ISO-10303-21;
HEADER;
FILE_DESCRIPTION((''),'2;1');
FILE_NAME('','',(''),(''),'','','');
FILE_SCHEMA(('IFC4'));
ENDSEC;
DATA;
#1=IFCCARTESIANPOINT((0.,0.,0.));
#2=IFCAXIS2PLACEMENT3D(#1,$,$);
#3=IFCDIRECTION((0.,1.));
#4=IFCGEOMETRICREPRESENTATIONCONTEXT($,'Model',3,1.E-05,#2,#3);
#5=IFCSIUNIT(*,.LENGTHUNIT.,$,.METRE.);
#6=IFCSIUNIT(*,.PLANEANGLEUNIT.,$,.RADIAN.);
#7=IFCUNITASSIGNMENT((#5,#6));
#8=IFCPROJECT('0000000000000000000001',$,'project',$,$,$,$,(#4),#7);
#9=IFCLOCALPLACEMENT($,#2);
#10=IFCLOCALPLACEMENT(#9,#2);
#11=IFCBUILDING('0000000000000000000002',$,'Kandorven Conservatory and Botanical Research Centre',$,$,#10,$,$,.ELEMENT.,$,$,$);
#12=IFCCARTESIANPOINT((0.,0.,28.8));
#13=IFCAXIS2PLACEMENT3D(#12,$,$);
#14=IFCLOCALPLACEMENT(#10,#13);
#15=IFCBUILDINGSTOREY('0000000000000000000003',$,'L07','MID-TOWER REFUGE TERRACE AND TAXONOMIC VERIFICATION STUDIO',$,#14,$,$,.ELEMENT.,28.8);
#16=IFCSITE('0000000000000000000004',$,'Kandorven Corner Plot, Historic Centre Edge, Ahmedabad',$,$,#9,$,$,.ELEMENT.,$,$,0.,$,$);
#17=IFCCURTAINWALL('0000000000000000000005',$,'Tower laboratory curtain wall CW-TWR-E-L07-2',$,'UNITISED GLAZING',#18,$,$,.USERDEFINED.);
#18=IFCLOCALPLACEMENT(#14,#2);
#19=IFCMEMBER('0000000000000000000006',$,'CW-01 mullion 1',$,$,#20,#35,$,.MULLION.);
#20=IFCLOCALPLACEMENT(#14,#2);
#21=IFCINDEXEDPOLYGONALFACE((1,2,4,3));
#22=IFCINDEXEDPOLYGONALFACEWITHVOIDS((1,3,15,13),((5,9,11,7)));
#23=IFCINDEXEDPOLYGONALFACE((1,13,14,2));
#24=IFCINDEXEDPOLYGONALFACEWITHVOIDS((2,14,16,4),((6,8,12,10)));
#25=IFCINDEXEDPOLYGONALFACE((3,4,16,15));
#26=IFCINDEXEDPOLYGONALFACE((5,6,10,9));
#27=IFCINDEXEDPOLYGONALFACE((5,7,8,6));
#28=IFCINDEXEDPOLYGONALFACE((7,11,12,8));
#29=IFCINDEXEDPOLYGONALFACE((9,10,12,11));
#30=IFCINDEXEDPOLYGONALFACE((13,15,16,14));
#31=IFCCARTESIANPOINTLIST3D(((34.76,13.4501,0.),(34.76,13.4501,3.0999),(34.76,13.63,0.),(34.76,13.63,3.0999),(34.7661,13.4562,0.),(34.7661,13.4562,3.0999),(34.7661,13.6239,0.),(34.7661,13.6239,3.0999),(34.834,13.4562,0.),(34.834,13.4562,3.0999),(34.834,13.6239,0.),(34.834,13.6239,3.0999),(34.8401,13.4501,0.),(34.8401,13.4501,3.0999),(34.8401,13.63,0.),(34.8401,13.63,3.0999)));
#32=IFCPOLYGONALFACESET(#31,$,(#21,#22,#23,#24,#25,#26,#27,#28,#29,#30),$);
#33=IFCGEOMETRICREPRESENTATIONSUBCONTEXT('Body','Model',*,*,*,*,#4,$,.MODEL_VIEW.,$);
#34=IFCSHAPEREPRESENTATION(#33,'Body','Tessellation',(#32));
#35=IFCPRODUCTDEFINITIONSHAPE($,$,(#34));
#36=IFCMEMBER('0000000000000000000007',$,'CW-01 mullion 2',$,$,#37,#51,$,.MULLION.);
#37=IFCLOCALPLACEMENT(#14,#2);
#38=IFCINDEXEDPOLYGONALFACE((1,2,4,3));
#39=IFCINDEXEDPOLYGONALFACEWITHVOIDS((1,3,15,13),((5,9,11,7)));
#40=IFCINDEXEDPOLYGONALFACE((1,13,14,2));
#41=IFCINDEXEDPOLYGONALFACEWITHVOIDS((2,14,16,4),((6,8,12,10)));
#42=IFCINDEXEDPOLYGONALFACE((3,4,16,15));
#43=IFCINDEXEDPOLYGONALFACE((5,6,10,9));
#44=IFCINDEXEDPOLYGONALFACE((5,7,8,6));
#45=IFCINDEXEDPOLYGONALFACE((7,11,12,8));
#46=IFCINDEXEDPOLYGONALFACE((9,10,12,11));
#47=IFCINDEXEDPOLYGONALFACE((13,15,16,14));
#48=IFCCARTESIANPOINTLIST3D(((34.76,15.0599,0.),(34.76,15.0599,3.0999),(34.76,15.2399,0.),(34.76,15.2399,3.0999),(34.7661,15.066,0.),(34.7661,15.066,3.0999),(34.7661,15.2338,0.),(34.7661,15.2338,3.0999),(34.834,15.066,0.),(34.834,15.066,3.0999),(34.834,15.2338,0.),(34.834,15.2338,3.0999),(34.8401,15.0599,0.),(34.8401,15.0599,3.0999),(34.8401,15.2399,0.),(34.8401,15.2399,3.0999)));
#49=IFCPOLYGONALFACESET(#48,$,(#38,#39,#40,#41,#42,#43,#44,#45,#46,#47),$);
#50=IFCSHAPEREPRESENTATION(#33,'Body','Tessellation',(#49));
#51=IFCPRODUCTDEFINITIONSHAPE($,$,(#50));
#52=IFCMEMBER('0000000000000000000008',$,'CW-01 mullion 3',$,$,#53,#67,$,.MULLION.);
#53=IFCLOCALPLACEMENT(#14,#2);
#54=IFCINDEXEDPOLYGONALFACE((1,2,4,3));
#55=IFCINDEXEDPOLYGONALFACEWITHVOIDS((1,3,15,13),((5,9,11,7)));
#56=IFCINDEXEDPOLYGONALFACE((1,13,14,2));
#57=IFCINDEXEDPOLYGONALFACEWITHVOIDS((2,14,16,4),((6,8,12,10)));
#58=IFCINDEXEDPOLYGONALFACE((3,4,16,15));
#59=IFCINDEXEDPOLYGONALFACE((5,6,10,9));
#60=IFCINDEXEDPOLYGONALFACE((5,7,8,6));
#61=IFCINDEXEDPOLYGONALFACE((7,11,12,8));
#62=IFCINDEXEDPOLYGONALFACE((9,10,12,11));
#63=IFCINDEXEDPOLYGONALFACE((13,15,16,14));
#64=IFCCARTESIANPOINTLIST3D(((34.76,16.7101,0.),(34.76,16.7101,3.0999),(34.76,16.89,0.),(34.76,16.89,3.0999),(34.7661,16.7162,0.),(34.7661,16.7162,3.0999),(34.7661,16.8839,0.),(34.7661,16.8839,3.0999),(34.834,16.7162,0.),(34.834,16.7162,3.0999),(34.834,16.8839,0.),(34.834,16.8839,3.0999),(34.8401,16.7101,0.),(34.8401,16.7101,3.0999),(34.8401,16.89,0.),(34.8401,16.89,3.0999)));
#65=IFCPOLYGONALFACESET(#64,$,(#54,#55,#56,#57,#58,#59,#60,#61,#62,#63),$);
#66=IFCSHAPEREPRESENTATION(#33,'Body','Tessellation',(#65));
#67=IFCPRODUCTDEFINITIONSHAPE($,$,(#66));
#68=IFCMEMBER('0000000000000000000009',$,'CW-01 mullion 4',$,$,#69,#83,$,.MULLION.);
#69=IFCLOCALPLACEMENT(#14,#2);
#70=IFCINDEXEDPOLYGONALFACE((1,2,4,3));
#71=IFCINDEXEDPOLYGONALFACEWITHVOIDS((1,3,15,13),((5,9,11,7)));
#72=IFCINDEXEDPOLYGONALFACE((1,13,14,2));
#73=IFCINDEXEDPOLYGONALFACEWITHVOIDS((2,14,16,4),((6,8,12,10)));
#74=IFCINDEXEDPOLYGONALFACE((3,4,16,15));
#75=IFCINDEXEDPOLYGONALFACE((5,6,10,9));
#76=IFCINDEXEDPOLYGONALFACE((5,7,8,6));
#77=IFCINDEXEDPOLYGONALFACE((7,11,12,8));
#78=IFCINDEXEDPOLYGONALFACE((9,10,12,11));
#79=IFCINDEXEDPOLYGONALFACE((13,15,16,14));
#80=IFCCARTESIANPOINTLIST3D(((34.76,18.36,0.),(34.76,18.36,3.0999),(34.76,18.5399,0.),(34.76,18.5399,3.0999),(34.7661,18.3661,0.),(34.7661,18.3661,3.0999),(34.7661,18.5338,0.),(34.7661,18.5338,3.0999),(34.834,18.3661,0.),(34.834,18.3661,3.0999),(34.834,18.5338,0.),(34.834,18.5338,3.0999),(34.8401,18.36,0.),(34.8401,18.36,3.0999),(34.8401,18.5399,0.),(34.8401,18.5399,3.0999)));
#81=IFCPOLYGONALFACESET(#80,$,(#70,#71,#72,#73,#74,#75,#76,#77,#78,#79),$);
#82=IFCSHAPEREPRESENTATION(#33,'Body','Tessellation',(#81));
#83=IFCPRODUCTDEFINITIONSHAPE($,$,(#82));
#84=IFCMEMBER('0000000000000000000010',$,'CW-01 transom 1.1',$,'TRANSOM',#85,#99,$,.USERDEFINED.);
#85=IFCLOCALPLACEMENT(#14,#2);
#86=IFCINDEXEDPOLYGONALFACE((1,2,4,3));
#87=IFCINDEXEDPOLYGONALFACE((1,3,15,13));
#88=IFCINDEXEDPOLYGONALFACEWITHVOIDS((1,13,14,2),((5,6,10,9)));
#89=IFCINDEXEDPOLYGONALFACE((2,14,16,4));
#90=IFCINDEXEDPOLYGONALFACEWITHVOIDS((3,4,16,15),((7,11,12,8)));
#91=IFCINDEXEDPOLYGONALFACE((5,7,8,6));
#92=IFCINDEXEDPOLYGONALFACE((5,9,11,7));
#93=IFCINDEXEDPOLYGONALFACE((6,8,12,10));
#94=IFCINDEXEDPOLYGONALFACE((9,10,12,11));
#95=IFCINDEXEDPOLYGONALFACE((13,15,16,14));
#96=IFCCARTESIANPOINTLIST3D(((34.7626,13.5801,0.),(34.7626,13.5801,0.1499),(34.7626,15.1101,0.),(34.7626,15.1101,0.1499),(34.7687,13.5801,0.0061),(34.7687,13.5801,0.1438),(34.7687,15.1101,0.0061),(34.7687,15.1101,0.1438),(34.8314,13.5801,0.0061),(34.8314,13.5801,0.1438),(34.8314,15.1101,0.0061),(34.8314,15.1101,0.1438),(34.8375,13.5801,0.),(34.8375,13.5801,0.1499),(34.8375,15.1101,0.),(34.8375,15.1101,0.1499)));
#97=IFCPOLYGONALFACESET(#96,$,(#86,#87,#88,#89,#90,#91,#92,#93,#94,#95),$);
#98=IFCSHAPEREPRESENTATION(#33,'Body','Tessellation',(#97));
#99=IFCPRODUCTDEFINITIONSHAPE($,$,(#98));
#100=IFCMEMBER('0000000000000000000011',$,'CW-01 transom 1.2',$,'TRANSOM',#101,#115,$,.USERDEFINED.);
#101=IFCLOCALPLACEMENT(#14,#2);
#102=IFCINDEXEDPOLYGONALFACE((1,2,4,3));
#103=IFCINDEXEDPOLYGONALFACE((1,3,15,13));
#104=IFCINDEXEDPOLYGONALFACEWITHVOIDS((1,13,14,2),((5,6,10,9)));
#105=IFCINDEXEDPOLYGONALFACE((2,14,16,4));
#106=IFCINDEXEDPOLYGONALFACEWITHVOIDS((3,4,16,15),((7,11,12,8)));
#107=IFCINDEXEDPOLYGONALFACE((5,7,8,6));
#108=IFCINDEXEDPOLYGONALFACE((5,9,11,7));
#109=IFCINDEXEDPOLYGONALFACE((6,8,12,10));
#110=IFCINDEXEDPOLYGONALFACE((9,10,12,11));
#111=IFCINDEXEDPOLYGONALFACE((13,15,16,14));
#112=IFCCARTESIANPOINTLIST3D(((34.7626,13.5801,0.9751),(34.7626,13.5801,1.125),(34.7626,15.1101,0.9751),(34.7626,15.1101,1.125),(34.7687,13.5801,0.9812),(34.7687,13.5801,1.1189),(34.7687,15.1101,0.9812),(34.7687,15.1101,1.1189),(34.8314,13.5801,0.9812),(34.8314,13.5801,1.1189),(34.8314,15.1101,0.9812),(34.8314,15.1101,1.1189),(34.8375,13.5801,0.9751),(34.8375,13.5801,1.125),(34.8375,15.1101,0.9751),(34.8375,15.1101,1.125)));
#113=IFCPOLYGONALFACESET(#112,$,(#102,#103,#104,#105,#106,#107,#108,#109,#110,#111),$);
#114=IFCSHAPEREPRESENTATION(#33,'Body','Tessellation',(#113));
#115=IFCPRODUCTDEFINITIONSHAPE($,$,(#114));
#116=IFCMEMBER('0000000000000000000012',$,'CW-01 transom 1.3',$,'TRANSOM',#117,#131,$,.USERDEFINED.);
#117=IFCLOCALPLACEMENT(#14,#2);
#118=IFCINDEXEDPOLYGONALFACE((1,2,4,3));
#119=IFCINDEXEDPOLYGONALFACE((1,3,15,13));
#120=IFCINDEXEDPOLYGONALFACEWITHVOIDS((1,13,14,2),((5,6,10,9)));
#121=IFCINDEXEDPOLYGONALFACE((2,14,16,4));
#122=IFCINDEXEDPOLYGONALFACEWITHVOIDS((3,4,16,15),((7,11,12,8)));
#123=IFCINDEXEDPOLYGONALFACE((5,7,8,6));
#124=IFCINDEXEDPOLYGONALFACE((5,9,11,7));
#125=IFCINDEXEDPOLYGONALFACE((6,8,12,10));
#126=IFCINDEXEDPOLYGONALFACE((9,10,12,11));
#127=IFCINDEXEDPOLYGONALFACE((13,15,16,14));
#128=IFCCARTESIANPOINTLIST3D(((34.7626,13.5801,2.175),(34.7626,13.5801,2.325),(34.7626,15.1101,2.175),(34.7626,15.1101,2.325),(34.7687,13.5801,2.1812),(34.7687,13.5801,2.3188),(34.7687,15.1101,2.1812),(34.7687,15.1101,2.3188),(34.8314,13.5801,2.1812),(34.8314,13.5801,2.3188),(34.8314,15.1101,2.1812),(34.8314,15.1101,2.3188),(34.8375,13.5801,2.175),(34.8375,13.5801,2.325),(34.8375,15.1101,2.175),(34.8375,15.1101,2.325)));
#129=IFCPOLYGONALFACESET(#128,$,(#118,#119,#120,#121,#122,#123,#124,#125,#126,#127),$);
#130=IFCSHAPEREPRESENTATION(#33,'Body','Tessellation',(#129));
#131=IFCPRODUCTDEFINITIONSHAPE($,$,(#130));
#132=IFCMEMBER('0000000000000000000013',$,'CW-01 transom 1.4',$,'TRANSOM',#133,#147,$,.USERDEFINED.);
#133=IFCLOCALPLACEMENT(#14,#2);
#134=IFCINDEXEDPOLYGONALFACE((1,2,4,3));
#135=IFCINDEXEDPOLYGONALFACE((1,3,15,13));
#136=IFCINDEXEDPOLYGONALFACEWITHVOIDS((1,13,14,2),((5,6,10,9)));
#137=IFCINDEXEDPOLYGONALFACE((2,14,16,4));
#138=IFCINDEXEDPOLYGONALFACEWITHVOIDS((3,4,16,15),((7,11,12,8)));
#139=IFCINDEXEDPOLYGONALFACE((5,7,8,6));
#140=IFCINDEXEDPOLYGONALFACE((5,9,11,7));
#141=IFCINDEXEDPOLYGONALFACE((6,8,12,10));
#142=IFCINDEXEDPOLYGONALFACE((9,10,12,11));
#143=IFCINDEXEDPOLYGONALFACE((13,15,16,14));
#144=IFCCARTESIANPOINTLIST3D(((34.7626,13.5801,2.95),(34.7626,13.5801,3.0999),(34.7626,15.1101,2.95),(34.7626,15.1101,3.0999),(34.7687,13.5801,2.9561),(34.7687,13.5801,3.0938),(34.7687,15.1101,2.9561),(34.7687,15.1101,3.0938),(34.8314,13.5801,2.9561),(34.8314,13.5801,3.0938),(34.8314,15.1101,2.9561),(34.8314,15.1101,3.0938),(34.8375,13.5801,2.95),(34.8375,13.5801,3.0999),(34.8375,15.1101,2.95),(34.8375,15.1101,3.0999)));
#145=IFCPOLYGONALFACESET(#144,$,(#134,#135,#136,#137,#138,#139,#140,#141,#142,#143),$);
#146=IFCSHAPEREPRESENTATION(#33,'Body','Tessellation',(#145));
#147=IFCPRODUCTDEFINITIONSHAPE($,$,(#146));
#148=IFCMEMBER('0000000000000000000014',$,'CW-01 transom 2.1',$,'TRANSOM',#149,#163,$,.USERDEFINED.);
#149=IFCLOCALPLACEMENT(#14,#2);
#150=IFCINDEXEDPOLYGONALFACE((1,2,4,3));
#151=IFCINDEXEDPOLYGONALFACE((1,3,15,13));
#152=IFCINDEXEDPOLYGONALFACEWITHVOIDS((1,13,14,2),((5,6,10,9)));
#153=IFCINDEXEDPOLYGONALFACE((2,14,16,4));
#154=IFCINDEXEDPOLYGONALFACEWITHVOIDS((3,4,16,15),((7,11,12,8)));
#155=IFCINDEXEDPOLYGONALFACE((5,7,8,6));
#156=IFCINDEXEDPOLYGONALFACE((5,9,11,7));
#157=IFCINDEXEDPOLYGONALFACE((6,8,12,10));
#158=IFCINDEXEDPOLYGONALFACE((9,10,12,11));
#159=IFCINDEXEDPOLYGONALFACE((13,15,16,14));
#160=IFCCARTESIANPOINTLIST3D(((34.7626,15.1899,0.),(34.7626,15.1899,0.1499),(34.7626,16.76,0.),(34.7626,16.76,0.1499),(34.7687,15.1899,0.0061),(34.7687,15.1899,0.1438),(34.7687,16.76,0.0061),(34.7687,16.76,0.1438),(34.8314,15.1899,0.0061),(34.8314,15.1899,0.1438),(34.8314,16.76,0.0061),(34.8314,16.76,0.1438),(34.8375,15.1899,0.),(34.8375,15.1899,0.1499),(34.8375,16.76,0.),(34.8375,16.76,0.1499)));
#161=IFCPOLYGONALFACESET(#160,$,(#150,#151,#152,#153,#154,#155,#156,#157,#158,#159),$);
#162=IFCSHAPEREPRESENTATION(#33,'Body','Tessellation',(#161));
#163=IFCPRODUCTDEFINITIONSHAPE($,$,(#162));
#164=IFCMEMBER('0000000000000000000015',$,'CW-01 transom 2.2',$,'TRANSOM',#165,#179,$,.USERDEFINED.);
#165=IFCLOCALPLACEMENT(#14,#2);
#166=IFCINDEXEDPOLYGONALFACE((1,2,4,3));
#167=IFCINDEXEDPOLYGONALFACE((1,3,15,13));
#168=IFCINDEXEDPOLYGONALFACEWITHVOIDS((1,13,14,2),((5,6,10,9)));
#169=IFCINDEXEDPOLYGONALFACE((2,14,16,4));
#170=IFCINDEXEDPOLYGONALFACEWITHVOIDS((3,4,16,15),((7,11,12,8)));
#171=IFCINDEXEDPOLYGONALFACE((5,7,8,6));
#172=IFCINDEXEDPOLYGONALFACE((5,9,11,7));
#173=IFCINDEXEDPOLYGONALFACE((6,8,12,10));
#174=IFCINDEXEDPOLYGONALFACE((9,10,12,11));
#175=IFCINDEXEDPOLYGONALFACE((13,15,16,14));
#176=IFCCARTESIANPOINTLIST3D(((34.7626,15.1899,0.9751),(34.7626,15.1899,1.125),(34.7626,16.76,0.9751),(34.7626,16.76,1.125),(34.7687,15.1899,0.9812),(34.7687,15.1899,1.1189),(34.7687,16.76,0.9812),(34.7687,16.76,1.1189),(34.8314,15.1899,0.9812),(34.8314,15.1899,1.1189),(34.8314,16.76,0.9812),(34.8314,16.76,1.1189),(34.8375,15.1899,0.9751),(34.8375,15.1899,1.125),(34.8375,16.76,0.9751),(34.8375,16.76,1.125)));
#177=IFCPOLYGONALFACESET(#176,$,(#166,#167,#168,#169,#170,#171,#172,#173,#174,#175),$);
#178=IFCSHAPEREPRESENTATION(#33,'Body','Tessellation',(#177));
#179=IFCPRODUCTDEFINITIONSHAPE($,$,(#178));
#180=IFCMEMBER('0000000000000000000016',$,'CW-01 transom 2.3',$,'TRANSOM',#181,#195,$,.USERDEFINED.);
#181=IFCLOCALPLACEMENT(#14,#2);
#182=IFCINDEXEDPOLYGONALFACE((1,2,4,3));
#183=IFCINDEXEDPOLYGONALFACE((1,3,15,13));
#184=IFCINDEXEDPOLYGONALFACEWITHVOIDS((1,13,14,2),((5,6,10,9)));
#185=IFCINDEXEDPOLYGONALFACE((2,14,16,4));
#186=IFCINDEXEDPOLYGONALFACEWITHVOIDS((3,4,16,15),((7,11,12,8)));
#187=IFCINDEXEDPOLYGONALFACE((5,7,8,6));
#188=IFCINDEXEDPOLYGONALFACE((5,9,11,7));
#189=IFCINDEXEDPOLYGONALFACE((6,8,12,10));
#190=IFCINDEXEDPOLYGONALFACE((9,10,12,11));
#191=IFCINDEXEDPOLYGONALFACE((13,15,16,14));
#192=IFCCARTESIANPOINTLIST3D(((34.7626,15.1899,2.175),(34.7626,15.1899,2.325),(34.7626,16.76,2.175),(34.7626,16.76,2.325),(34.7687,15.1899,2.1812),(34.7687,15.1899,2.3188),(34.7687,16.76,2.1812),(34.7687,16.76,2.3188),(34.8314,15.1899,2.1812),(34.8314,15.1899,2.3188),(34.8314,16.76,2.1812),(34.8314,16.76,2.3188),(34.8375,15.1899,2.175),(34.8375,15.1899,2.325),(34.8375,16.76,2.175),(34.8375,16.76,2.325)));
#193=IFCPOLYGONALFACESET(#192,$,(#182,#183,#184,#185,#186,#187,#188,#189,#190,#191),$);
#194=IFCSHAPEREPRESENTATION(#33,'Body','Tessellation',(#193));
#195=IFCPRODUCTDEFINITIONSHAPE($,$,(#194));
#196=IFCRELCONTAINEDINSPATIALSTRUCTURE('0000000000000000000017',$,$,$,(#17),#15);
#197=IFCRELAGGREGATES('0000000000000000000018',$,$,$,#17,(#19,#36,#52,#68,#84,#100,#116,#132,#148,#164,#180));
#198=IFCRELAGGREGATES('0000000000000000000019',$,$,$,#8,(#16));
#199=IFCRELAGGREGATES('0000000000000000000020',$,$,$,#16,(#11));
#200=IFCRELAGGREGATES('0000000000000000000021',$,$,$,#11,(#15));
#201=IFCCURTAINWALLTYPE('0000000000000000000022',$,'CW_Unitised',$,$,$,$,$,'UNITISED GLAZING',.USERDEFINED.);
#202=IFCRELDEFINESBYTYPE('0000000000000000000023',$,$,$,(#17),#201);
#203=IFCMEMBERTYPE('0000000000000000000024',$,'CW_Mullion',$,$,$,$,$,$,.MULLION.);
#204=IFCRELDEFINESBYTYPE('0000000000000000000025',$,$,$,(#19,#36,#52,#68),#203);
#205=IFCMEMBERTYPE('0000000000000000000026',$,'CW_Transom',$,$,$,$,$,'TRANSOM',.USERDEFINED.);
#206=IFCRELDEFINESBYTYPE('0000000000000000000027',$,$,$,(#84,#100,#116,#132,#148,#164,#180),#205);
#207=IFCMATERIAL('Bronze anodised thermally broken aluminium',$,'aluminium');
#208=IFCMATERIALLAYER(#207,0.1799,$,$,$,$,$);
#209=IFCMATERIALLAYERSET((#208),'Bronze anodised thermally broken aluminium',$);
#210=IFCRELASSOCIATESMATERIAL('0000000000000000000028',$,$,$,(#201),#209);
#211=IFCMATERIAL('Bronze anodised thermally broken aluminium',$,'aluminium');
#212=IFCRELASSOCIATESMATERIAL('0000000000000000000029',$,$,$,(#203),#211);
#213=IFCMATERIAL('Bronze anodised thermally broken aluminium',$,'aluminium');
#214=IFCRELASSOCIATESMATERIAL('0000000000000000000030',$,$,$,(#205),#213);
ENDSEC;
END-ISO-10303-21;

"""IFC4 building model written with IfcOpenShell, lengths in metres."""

from ifc_helpers import new_model, si_unit, direction, frame, origin, origin_2d, place, context, subcontext, project, spatial, hollow_rectangle, extrude, material, layer, layer_set, material_profile, profile_set, type_object, element, aggregate, save


model = new_model("IFC4")

# Units and contexts
model_context = context("Model", 3, precision=1e-05, world=origin(), true_north=direction((0.0, 1.0)))
body_context = subcontext(model_context, "Body", "Model", "MODEL_VIEW")
ifc_project = project(units=[si_unit("LENGTHUNIT", "METRE"), si_unit("PLANEANGLEUNIT", "RADIAN")], contexts=[model_context])

# Site, building, storey
site_placement = place(None, origin())
site = spatial("IfcSite", under=ifc_project, at=site_placement, Name="Kandorven Corner Plot, Historic Centre Edge, Ahmedabad", CompositionType="ELEMENT", RefElevation=0.0)
building_placement = place(site_placement, origin())
building = spatial("IfcBuilding", under=site, at=building_placement, Name="Kandorven Conservatory and Botanical Research Centre", CompositionType="ELEMENT")
storey_placement = place(building_placement, frame((0.0, 0.0, 28.8)))
storey = spatial("IfcBuildingStorey", under=building, at=storey_placement, Name="L07", Description="MID-TOWER REFUGE TERRACE AND TAXONOMIC VERIFICATION STUDIO", CompositionType="ELEMENT", Elevation=28.8)

# Curtain wall, members
ifc_material_1 = material(Name="Bronze anodised thermally broken aluminium", Category="aluminium")
ifc_layer_1 = layer(ifc_material_1, 0.1799)
ifc_layer_set_1 = layer_set([ifc_layer_1], Name="Bronze anodised thermally broken aluminium")
curtain_wall_type = type_object("IfcCurtainWallType", Name="CW_Unitised", ElementType="UNITISED GLAZING", PredefinedType="USERDEFINED", material=ifc_layer_set_1)
curtain_wall_placement = place(storey_placement, origin())
curtain_wall = element("IfcCurtainWall", 1, at=curtain_wall_placement, inside=storey, type_object=curtain_wall_type, Name="Tower laboratory curtain wall CW-TWR-E-L07-2", ObjectType="UNITISED GLAZING", PredefinedType="USERDEFINED")
ifc_material_2 = material(Name="Bronze anodised thermally broken aluminium", Category="aluminium")
ifc_material_profile_1 = material_profile(ifc_material_2, hollow_rectangle(XDim=0.0801, YDim=0.1799, WallThickness=0.0061, at=origin_2d()))
ifc_profile_set_1 = profile_set([ifc_material_profile_1], Name="Bronze anodised thermally broken aluminium")
member_type_1 = type_object("IfcMemberType", Name="CW_Mullion", PredefinedType="MULLION", material=ifc_profile_set_1)
member_1_placement = place(storey_placement, frame((34.8, 13.54, 0.0), z_axis=(0.0, 0.0, 1.0), x_axis=(-1.0, 0.0, 0.0)))
member_1 = element("IfcMember", 2, at=member_1_placement, type_object=member_type_1, Name="CW-01 mullion 1", PredefinedType="MULLION", context=body_context, shape_type="SweptSolid", body=[
    extrude(hollow_rectangle(XDim=0.0801, YDim=0.1799, WallThickness=0.0061, at=origin_2d()), origin(), (0.0, 0.0, 1.0), 3.0999),
])
member_2_placement = place(storey_placement, frame((34.8, 15.1499, 0.0), z_axis=(0.0, 0.0, 1.0), x_axis=(-1.0, 0.0, 0.0)))
member_2 = element("IfcMember", 3, at=member_2_placement, type_object=member_type_1, Name="CW-01 mullion 2", PredefinedType="MULLION", context=body_context, shape_type="SweptSolid", body=[
    extrude(hollow_rectangle(XDim=0.0801, YDim=0.1799, WallThickness=0.0061, at=origin_2d()), origin(), (0.0, 0.0, 1.0), 3.0999),
])
member_3_placement = place(storey_placement, frame((34.8, 16.8, 0.0), z_axis=(0.0, 0.0, 1.0), x_axis=(-1.0, 0.0, 0.0)))
member_3 = element("IfcMember", 4, at=member_3_placement, type_object=member_type_1, Name="CW-01 mullion 3", PredefinedType="MULLION", context=body_context, shape_type="SweptSolid", body=[
    extrude(hollow_rectangle(XDim=0.0801, YDim=0.1799, WallThickness=0.0061, at=origin_2d()), origin(), (0.0, 0.0, 1.0), 3.0999),
])
member_4_placement = place(storey_placement, frame((34.8, 18.45, 0.0), z_axis=(0.0, 0.0, 1.0), x_axis=(-1.0, 0.0, 0.0)))
member_4 = element("IfcMember", 5, at=member_4_placement, type_object=member_type_1, Name="CW-01 mullion 4", PredefinedType="MULLION", context=body_context, shape_type="SweptSolid", body=[
    extrude(hollow_rectangle(XDim=0.0801, YDim=0.1799, WallThickness=0.0061, at=origin_2d()), origin(), (0.0, 0.0, 1.0), 3.0999),
])
ifc_material_3 = material(Name="Bronze anodised thermally broken aluminium", Category="aluminium")
ifc_material_profile_2 = material_profile(ifc_material_3, hollow_rectangle(XDim=0.075, YDim=0.1499, WallThickness=0.0061, at=origin_2d()))
ifc_profile_set_2 = profile_set([ifc_material_profile_2], Name="Bronze anodised thermally broken aluminium")
member_type_2 = type_object("IfcMemberType", Name="CW_Transom", ElementType="TRANSOM", PredefinedType="USERDEFINED", material=ifc_profile_set_2)
member_5_placement = place(storey_placement, frame((34.8, 13.5801, 0.075), z_axis=(0.0, 1.0, 0.0), x_axis=(-1.0, 0.0, 0.0)))
member_5 = element("IfcMember", 6, at=member_5_placement, type_object=member_type_2, Name="CW-01 transom 1.1", ObjectType="TRANSOM", PredefinedType="USERDEFINED", context=body_context, shape_type="SweptSolid", body=[
    extrude(hollow_rectangle(XDim=0.075, YDim=0.1499, WallThickness=0.0061, at=origin_2d()), origin(), (0.0, 0.0, 1.0), 1.53),
])
member_6_placement = place(storey_placement, frame((34.8, 13.5801, 1.05), z_axis=(0.0, 1.0, 0.0), x_axis=(-1.0, 0.0, 0.0)))
member_6 = element("IfcMember", 7, at=member_6_placement, type_object=member_type_2, Name="CW-01 transom 1.2", ObjectType="TRANSOM", PredefinedType="USERDEFINED", context=body_context, shape_type="SweptSolid", body=[
    extrude(hollow_rectangle(XDim=0.075, YDim=0.1499, WallThickness=0.0061, at=origin_2d()), origin(), (0.0, 0.0, 1.0), 1.53),
])
member_7_placement = place(storey_placement, frame((34.8, 13.5801, 2.25), z_axis=(0.0, 1.0, 0.0), x_axis=(-1.0, 0.0, 0.0)))
member_7 = element("IfcMember", 8, at=member_7_placement, type_object=member_type_2, Name="CW-01 transom 1.3", ObjectType="TRANSOM", PredefinedType="USERDEFINED", context=body_context, shape_type="SweptSolid", body=[
    extrude(hollow_rectangle(XDim=0.075, YDim=0.1499, WallThickness=0.0061, at=origin_2d()), origin(), (0.0, 0.0, 1.0), 1.53),
])
member_8_placement = place(storey_placement, frame((34.8, 13.5801, 3.0249), z_axis=(0.0, 1.0, 0.0), x_axis=(-1.0, 0.0, 0.0)))
member_8 = element("IfcMember", 9, at=member_8_placement, type_object=member_type_2, Name="CW-01 transom 1.4", ObjectType="TRANSOM", PredefinedType="USERDEFINED", context=body_context, shape_type="SweptSolid", body=[
    extrude(hollow_rectangle(XDim=0.075, YDim=0.1499, WallThickness=0.0061, at=origin_2d()), origin(), (0.0, 0.0, 1.0), 1.53),
])
member_9_placement = place(storey_placement, frame((34.8, 15.1899, 0.075), z_axis=(0.0, 1.0, 0.0), x_axis=(-1.0, 0.0, 0.0)))
member_9 = element("IfcMember", 10, at=member_9_placement, type_object=member_type_2, Name="CW-01 transom 2.1", ObjectType="TRANSOM", PredefinedType="USERDEFINED", context=body_context, shape_type="SweptSolid", body=[
    extrude(hollow_rectangle(XDim=0.075, YDim=0.1499, WallThickness=0.0061, at=origin_2d()), origin(), (0.0, 0.0, 1.0), 1.5701),
])
member_10_placement = place(storey_placement, frame((34.8, 15.1899, 1.05), z_axis=(0.0, 1.0, 0.0), x_axis=(-1.0, 0.0, 0.0)))
member_10 = element("IfcMember", 11, at=member_10_placement, type_object=member_type_2, Name="CW-01 transom 2.2", ObjectType="TRANSOM", PredefinedType="USERDEFINED", context=body_context, shape_type="SweptSolid", body=[
    extrude(hollow_rectangle(XDim=0.075, YDim=0.1499, WallThickness=0.0061, at=origin_2d()), origin(), (0.0, 0.0, 1.0), 1.5701),
])
member_11_placement = place(storey_placement, frame((34.8, 15.1899, 2.25), z_axis=(0.0, 1.0, 0.0), x_axis=(-1.0, 0.0, 0.0)))
member_11 = element("IfcMember", 12, at=member_11_placement, type_object=member_type_2, Name="CW-01 transom 2.3", ObjectType="TRANSOM", PredefinedType="USERDEFINED", context=body_context, shape_type="SweptSolid", body=[
    extrude(hollow_rectangle(XDim=0.075, YDim=0.1499, WallThickness=0.0061, at=origin_2d()), origin(), (0.0, 0.0, 1.0), 1.5701),
])
aggregate(curtain_wall, [member_1, member_2, member_3, member_4, member_5, member_6, member_7, member_8, member_9, member_10, member_11])

save(model, "model.ifc")
